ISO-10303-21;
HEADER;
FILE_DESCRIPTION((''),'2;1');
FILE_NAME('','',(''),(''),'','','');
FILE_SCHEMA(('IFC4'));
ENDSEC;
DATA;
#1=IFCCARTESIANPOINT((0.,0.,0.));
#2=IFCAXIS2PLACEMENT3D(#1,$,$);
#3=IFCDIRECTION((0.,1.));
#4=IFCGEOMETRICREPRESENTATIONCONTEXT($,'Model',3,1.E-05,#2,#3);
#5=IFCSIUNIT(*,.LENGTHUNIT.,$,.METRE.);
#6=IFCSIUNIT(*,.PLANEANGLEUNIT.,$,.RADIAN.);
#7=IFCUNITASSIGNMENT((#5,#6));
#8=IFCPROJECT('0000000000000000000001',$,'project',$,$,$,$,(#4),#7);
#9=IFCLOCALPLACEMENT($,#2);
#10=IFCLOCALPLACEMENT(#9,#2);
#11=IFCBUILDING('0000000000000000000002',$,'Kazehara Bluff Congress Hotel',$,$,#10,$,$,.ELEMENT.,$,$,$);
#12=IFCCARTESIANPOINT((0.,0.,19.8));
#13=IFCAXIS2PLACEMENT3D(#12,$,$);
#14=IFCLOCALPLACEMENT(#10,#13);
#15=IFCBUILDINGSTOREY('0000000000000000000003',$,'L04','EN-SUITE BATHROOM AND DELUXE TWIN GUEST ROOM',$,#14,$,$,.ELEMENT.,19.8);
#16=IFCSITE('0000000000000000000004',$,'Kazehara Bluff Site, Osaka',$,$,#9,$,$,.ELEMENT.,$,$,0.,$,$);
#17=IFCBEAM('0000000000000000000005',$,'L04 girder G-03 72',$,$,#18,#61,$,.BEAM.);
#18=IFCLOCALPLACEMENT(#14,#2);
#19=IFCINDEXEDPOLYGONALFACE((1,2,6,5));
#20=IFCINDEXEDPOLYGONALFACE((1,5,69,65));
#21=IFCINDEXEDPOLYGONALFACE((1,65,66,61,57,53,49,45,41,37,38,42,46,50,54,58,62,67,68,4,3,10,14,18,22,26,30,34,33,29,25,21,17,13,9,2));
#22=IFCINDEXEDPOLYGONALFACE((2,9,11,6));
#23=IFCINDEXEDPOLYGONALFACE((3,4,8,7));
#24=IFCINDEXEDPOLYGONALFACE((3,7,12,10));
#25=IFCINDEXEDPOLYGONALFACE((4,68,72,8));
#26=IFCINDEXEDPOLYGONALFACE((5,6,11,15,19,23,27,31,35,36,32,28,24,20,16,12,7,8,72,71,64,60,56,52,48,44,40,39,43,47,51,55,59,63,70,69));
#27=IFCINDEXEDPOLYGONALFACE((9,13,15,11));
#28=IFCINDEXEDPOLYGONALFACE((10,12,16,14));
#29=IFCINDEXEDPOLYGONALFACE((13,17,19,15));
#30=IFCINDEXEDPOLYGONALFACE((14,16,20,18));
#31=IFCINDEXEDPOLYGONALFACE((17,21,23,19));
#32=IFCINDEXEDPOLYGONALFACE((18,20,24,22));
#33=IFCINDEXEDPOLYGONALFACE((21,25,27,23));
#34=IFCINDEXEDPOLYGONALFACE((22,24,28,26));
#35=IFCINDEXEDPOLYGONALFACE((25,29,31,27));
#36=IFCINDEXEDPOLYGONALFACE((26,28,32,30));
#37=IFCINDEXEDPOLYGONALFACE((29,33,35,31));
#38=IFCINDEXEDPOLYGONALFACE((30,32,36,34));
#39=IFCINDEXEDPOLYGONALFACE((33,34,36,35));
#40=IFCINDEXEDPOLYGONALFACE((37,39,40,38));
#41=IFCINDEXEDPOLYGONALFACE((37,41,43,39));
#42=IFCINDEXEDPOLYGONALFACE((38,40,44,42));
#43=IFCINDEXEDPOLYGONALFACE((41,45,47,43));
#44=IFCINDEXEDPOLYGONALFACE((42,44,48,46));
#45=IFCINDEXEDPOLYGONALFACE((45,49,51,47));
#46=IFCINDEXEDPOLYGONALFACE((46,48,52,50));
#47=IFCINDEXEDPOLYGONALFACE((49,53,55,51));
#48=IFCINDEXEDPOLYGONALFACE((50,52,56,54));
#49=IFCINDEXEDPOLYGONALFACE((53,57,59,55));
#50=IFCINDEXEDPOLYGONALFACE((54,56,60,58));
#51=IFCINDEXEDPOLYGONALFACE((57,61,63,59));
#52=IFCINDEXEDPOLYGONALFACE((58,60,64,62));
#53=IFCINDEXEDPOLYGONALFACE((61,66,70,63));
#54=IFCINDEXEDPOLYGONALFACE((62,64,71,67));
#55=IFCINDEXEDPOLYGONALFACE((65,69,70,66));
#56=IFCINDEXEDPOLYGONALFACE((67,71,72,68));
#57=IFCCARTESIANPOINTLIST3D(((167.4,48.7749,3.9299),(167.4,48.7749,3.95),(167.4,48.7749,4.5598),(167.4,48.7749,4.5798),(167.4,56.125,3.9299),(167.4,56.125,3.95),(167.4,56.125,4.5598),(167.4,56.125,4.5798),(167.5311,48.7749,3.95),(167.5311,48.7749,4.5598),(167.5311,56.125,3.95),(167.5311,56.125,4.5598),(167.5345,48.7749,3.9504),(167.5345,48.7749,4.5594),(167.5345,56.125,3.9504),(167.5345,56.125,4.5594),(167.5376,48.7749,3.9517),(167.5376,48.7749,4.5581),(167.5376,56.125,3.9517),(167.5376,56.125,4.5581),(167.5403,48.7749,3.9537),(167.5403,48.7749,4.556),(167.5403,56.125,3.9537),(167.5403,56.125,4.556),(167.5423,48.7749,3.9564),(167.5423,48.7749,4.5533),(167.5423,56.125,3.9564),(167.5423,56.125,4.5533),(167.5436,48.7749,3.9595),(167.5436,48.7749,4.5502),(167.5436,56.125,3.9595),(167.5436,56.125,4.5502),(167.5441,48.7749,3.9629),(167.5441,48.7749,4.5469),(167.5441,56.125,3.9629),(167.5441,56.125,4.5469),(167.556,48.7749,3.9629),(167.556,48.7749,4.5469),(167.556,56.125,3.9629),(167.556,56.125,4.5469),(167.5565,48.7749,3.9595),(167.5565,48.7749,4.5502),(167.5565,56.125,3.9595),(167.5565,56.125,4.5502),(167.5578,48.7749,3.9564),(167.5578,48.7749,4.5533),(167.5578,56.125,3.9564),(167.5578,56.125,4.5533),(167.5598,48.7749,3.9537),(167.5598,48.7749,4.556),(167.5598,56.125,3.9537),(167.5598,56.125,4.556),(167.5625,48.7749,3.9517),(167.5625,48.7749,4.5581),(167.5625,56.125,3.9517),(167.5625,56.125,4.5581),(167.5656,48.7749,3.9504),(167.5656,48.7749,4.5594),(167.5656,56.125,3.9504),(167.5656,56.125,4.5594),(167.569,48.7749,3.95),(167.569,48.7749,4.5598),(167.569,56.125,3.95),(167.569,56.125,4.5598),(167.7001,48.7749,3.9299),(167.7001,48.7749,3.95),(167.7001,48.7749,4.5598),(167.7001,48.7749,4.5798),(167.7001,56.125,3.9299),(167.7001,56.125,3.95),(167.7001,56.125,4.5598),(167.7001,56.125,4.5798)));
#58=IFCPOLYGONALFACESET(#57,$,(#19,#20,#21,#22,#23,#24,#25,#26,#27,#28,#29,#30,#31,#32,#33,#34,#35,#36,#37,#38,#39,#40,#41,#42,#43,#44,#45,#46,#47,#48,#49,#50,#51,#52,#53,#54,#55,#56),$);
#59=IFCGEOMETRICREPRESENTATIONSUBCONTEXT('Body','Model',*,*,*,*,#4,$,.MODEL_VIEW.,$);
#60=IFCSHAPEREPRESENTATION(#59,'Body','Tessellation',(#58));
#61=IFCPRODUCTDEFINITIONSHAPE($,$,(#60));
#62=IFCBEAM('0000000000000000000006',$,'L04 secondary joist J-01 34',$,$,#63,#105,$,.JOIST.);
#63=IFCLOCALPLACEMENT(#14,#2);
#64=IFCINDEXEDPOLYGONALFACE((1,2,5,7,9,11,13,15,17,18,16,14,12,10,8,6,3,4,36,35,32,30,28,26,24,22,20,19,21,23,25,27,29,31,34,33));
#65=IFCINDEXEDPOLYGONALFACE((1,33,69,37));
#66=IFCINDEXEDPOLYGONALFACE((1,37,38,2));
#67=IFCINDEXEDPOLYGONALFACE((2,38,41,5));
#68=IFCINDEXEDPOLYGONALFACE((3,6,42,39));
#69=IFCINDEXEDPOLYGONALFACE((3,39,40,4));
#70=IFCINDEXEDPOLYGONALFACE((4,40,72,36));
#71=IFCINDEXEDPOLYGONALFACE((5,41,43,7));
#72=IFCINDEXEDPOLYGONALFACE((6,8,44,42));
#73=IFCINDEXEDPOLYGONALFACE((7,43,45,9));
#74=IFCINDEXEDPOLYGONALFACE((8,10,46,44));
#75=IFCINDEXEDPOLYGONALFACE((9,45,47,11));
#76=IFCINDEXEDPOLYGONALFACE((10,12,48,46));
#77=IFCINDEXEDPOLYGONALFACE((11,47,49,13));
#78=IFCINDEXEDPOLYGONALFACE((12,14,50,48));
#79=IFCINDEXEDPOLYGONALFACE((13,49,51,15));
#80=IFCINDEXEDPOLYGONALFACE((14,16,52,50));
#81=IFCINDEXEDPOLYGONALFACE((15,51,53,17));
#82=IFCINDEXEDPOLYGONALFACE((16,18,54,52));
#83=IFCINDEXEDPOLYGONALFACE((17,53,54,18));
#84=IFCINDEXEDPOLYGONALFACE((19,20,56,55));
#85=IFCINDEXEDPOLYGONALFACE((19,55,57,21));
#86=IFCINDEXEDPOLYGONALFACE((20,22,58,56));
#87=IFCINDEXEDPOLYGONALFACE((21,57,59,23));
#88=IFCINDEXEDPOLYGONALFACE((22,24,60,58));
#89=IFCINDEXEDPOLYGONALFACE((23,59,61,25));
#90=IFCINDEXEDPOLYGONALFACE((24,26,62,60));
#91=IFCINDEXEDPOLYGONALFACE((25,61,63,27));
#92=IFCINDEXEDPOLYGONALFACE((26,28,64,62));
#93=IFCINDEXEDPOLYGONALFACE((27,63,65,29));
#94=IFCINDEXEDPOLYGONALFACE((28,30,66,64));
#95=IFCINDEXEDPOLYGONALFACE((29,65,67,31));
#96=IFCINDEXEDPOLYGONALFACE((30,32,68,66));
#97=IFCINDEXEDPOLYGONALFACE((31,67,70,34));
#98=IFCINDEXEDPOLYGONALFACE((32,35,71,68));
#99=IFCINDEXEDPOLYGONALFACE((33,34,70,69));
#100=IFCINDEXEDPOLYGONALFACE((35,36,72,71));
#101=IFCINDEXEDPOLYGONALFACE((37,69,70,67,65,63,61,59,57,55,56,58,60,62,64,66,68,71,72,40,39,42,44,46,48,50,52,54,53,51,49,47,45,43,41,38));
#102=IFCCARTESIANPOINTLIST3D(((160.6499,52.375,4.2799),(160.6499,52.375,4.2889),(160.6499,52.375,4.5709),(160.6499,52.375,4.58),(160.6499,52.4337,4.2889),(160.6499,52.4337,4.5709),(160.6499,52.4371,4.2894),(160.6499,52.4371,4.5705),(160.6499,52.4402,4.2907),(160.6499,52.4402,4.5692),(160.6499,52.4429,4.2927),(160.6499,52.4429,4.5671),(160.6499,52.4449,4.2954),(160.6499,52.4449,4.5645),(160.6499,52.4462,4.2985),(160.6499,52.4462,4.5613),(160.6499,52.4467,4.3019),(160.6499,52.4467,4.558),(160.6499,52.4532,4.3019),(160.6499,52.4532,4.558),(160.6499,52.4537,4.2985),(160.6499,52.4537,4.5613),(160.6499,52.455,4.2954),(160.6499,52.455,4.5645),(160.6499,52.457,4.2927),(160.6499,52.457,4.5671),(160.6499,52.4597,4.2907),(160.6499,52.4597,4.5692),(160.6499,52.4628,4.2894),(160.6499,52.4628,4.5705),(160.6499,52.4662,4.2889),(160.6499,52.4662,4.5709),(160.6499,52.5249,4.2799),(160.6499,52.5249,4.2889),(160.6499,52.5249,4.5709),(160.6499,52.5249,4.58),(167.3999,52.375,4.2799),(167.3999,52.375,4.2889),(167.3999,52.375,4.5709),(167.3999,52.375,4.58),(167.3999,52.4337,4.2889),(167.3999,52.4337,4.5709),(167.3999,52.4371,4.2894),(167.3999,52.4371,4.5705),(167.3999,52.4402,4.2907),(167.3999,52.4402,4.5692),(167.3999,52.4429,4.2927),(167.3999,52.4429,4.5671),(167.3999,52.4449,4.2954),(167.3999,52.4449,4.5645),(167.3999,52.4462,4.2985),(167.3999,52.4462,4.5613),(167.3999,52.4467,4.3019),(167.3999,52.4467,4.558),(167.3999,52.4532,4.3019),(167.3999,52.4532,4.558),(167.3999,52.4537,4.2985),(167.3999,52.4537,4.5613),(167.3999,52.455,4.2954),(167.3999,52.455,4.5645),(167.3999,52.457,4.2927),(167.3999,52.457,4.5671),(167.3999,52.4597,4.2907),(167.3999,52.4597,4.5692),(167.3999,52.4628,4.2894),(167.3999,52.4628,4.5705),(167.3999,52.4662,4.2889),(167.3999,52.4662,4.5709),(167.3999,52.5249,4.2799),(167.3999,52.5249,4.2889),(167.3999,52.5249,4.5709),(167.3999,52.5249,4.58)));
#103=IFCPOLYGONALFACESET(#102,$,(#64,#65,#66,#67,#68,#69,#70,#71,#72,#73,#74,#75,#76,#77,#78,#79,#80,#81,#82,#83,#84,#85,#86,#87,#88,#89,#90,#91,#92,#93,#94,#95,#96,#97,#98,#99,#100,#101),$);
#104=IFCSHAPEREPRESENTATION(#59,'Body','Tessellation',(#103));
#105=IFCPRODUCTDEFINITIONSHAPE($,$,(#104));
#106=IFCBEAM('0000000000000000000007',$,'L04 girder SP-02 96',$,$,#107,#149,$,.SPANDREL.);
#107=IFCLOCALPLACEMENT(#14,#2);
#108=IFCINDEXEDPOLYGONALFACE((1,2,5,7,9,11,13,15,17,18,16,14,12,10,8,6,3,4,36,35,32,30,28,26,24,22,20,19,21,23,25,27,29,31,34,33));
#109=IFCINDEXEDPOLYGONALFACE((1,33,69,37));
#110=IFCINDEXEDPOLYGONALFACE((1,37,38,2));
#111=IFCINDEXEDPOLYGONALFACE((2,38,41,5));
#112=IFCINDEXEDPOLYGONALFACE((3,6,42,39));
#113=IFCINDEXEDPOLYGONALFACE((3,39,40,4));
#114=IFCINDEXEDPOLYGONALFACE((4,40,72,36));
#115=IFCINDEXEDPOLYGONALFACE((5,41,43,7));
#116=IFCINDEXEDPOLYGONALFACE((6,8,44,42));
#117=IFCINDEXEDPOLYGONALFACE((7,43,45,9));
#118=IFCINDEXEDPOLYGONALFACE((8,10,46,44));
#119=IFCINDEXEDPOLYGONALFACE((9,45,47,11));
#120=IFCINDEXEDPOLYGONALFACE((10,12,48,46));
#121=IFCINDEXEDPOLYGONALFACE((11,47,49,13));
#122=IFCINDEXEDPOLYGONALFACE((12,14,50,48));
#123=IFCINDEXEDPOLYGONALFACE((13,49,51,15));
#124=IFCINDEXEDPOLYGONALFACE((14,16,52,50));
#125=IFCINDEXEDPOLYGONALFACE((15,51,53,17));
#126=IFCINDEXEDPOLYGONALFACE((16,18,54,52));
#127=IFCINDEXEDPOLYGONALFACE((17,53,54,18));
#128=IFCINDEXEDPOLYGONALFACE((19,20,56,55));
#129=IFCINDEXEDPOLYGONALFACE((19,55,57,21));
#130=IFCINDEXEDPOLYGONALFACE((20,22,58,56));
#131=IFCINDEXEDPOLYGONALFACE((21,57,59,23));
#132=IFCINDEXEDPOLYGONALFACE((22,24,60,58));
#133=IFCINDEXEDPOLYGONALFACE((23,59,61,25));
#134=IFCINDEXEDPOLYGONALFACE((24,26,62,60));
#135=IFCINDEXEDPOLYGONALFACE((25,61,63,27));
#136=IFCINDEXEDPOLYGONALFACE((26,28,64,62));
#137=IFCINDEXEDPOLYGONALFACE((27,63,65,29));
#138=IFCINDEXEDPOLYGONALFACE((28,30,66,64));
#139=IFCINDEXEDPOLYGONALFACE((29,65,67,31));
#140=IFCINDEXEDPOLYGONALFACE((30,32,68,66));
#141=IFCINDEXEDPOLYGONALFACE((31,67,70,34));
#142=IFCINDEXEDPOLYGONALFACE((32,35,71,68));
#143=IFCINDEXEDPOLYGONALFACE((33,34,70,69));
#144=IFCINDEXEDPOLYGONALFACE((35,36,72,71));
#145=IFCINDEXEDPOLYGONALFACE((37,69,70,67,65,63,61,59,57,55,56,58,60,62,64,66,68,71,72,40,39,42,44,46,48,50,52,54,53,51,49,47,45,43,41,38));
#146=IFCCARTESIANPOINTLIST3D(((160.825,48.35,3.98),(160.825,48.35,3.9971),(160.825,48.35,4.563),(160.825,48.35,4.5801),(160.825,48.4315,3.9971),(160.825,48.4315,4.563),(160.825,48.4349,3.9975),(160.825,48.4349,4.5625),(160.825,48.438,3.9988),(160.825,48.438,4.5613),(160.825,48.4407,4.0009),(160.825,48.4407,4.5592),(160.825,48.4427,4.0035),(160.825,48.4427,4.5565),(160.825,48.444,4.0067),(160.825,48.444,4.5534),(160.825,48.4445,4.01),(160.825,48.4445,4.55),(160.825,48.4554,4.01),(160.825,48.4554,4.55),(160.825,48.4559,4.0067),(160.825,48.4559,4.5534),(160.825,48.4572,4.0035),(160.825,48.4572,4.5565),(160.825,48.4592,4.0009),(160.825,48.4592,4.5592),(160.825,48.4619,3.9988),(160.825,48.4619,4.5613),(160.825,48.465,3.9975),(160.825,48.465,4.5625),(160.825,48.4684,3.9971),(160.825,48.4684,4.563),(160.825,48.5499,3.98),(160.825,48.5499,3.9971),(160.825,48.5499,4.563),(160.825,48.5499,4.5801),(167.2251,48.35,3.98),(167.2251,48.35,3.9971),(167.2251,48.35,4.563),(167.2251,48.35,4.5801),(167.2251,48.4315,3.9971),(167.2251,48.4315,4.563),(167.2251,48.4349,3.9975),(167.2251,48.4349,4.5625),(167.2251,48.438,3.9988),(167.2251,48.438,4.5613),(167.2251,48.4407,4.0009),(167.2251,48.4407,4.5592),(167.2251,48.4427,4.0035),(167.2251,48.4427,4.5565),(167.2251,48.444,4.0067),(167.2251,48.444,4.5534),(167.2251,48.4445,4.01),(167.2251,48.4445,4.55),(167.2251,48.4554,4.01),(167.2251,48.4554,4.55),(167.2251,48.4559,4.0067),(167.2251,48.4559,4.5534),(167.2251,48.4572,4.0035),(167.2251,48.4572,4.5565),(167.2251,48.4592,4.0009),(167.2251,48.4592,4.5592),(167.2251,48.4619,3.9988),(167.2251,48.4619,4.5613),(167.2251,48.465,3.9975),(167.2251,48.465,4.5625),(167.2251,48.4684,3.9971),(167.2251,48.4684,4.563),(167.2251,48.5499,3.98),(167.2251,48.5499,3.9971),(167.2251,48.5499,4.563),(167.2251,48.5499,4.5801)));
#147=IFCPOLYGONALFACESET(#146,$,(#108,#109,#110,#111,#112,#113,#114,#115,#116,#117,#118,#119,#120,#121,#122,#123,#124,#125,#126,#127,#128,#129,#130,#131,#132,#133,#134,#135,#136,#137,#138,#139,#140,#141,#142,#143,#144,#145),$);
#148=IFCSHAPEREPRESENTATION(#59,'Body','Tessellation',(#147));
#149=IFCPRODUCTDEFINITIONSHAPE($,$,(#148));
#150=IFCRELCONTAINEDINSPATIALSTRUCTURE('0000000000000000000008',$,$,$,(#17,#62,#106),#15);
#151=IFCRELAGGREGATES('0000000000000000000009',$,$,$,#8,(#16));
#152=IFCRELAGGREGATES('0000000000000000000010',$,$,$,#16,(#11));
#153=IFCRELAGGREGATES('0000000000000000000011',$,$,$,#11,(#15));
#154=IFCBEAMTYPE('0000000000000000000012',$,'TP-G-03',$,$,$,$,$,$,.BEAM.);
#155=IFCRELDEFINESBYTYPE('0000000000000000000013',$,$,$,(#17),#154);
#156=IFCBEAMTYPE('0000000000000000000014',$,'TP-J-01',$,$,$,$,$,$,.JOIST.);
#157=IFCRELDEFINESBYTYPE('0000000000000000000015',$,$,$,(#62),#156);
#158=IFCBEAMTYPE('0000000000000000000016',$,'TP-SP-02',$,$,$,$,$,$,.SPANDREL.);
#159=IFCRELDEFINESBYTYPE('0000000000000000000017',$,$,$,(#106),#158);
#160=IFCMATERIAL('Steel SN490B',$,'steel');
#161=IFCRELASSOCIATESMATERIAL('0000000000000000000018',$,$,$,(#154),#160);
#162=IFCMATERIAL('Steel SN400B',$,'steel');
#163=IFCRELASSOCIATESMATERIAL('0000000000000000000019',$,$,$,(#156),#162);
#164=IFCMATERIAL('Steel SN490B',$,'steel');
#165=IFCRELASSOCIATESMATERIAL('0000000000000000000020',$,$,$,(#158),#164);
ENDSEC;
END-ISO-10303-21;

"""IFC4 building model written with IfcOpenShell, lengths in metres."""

from ifc_helpers import new_model, si_unit, direction, frame, origin, origin_2d, place, context, subcontext, project, spatial, i_section, extrude, material, material_profile, profile_set, type_object, element, save


model = new_model("IFC4")

# Units and contexts
model_context = context("Model", 3, precision=1e-05, world=origin(), true_north=direction((0.0, 1.0)))
body_context = subcontext(model_context, "Body", "Model", "MODEL_VIEW")
ifc_project = project(units=[si_unit("LENGTHUNIT", "METRE"), si_unit("PLANEANGLEUNIT", "RADIAN")], contexts=[model_context])

# Site, building, storey
site_placement = place(None, origin())
site = spatial("IfcSite", under=ifc_project, at=site_placement, Name="Kazehara Bluff Site, Osaka", CompositionType="ELEMENT", RefElevation=0.0)
building_placement = place(site_placement, origin())
building = spatial("IfcBuilding", under=site, at=building_placement, Name="Kazehara Bluff Congress Hotel", CompositionType="ELEMENT")
storey_placement = place(building_placement, frame((0.0, 0.0, 19.8)))
storey = spatial("IfcBuildingStorey", under=building, at=storey_placement, Name="L04", Description="EN-SUITE BATHROOM AND DELUXE TWIN GUEST ROOM", CompositionType="ELEMENT", Elevation=19.8)

# Beams
ifc_material_1 = material(Name="Steel SN490B", Category="steel")
ifc_material_profile_1 = material_profile(ifc_material_1, i_section(OverallWidth=0.3, OverallDepth=0.6499, WebThickness=0.012, FlangeThickness=0.02, FilletRadius=0.0129, at=origin_2d()))
ifc_profile_set_1 = profile_set([ifc_material_profile_1], Name="Steel SN490B")
beam_type_1 = type_object("IfcBeamType", Name="TP-G-03", PredefinedType="BEAM", material=ifc_profile_set_1)
for number, where, z_axis, x_axis, name in (
    (1, (167.55, 48.7749, 4.2549), (0.0, 1.0, 0.0), (-1.0, 0.0, 0.0), "L04 girder G-03 72"),
):
    element("IfcBeam", number, at=place(storey_placement, frame(where, z_axis=z_axis, x_axis=x_axis)), inside=storey, type_object=beam_type_1, Name=name, PredefinedType="BEAM", context=body_context, shape_type="SweptSolid", body=[
        extrude(i_section(OverallWidth=0.3, OverallDepth=0.6499, WebThickness=0.012, FlangeThickness=0.02, FilletRadius=0.0129, at=origin_2d()), origin(), (0.0, 0.0, 1.0), 7.3501),
    ])
ifc_material_2 = material(Name="Steel SN400B", Category="steel")
ifc_material_profile_2 = material_profile(ifc_material_2, i_section(OverallWidth=0.1499, OverallDepth=0.3, WebThickness=0.0066, FlangeThickness=0.009, FilletRadius=0.0129, at=origin_2d()))
ifc_profile_set_2 = profile_set([ifc_material_profile_2], Name="Steel SN400B")
beam_type_2 = type_object("IfcBeamType", Name="TP-J-01", PredefinedType="JOIST", material=ifc_profile_set_2)
beam_1_placement = place(storey_placement, frame((160.6499, 52.45, 4.4299), z_axis=(1.0, 0.0, 0.0), x_axis=(0.0, 1.0, 0.0)))
element("IfcBeam", 2, at=beam_1_placement, inside=storey, type_object=beam_type_2, Name="L04 secondary joist J-01 34", PredefinedType="JOIST", context=body_context, shape_type="SweptSolid", body=[
    extrude(i_section(OverallWidth=0.1499, OverallDepth=0.3, WebThickness=0.0066, FlangeThickness=0.009, FilletRadius=0.0129, at=origin_2d()), origin(), (0.0, 0.0, 1.0), 6.75),
])
ifc_material_3 = material(Name="Steel SN490B", Category="steel")
ifc_material_profile_3 = material_profile(ifc_material_3, i_section(OverallWidth=0.2, OverallDepth=0.6001, WebThickness=0.011, FlangeThickness=0.0171, FilletRadius=0.0129, at=origin_2d()))
ifc_profile_set_3 = profile_set([ifc_material_profile_3], Name="Steel SN490B")
beam_type_3 = type_object("IfcBeamType", Name="TP-SP-02", PredefinedType="SPANDREL", material=ifc_profile_set_3)
beam_2_placement = place(storey_placement, frame((160.825, 48.45, 4.28), z_axis=(1.0, 0.0, 0.0), x_axis=(0.0, 1.0, 0.0)))
element("IfcBeam", 3, at=beam_2_placement, inside=storey, type_object=beam_type_3, Name="L04 girder SP-02 96", PredefinedType="SPANDREL", context=body_context, shape_type="SweptSolid", body=[
    extrude(i_section(OverallWidth=0.2, OverallDepth=0.6001, WebThickness=0.011, FlangeThickness=0.0171, FilletRadius=0.0129, at=origin_2d()), origin(), (0.0, 0.0, 1.0), 6.4001),
])

save(model, "model.ifc")
